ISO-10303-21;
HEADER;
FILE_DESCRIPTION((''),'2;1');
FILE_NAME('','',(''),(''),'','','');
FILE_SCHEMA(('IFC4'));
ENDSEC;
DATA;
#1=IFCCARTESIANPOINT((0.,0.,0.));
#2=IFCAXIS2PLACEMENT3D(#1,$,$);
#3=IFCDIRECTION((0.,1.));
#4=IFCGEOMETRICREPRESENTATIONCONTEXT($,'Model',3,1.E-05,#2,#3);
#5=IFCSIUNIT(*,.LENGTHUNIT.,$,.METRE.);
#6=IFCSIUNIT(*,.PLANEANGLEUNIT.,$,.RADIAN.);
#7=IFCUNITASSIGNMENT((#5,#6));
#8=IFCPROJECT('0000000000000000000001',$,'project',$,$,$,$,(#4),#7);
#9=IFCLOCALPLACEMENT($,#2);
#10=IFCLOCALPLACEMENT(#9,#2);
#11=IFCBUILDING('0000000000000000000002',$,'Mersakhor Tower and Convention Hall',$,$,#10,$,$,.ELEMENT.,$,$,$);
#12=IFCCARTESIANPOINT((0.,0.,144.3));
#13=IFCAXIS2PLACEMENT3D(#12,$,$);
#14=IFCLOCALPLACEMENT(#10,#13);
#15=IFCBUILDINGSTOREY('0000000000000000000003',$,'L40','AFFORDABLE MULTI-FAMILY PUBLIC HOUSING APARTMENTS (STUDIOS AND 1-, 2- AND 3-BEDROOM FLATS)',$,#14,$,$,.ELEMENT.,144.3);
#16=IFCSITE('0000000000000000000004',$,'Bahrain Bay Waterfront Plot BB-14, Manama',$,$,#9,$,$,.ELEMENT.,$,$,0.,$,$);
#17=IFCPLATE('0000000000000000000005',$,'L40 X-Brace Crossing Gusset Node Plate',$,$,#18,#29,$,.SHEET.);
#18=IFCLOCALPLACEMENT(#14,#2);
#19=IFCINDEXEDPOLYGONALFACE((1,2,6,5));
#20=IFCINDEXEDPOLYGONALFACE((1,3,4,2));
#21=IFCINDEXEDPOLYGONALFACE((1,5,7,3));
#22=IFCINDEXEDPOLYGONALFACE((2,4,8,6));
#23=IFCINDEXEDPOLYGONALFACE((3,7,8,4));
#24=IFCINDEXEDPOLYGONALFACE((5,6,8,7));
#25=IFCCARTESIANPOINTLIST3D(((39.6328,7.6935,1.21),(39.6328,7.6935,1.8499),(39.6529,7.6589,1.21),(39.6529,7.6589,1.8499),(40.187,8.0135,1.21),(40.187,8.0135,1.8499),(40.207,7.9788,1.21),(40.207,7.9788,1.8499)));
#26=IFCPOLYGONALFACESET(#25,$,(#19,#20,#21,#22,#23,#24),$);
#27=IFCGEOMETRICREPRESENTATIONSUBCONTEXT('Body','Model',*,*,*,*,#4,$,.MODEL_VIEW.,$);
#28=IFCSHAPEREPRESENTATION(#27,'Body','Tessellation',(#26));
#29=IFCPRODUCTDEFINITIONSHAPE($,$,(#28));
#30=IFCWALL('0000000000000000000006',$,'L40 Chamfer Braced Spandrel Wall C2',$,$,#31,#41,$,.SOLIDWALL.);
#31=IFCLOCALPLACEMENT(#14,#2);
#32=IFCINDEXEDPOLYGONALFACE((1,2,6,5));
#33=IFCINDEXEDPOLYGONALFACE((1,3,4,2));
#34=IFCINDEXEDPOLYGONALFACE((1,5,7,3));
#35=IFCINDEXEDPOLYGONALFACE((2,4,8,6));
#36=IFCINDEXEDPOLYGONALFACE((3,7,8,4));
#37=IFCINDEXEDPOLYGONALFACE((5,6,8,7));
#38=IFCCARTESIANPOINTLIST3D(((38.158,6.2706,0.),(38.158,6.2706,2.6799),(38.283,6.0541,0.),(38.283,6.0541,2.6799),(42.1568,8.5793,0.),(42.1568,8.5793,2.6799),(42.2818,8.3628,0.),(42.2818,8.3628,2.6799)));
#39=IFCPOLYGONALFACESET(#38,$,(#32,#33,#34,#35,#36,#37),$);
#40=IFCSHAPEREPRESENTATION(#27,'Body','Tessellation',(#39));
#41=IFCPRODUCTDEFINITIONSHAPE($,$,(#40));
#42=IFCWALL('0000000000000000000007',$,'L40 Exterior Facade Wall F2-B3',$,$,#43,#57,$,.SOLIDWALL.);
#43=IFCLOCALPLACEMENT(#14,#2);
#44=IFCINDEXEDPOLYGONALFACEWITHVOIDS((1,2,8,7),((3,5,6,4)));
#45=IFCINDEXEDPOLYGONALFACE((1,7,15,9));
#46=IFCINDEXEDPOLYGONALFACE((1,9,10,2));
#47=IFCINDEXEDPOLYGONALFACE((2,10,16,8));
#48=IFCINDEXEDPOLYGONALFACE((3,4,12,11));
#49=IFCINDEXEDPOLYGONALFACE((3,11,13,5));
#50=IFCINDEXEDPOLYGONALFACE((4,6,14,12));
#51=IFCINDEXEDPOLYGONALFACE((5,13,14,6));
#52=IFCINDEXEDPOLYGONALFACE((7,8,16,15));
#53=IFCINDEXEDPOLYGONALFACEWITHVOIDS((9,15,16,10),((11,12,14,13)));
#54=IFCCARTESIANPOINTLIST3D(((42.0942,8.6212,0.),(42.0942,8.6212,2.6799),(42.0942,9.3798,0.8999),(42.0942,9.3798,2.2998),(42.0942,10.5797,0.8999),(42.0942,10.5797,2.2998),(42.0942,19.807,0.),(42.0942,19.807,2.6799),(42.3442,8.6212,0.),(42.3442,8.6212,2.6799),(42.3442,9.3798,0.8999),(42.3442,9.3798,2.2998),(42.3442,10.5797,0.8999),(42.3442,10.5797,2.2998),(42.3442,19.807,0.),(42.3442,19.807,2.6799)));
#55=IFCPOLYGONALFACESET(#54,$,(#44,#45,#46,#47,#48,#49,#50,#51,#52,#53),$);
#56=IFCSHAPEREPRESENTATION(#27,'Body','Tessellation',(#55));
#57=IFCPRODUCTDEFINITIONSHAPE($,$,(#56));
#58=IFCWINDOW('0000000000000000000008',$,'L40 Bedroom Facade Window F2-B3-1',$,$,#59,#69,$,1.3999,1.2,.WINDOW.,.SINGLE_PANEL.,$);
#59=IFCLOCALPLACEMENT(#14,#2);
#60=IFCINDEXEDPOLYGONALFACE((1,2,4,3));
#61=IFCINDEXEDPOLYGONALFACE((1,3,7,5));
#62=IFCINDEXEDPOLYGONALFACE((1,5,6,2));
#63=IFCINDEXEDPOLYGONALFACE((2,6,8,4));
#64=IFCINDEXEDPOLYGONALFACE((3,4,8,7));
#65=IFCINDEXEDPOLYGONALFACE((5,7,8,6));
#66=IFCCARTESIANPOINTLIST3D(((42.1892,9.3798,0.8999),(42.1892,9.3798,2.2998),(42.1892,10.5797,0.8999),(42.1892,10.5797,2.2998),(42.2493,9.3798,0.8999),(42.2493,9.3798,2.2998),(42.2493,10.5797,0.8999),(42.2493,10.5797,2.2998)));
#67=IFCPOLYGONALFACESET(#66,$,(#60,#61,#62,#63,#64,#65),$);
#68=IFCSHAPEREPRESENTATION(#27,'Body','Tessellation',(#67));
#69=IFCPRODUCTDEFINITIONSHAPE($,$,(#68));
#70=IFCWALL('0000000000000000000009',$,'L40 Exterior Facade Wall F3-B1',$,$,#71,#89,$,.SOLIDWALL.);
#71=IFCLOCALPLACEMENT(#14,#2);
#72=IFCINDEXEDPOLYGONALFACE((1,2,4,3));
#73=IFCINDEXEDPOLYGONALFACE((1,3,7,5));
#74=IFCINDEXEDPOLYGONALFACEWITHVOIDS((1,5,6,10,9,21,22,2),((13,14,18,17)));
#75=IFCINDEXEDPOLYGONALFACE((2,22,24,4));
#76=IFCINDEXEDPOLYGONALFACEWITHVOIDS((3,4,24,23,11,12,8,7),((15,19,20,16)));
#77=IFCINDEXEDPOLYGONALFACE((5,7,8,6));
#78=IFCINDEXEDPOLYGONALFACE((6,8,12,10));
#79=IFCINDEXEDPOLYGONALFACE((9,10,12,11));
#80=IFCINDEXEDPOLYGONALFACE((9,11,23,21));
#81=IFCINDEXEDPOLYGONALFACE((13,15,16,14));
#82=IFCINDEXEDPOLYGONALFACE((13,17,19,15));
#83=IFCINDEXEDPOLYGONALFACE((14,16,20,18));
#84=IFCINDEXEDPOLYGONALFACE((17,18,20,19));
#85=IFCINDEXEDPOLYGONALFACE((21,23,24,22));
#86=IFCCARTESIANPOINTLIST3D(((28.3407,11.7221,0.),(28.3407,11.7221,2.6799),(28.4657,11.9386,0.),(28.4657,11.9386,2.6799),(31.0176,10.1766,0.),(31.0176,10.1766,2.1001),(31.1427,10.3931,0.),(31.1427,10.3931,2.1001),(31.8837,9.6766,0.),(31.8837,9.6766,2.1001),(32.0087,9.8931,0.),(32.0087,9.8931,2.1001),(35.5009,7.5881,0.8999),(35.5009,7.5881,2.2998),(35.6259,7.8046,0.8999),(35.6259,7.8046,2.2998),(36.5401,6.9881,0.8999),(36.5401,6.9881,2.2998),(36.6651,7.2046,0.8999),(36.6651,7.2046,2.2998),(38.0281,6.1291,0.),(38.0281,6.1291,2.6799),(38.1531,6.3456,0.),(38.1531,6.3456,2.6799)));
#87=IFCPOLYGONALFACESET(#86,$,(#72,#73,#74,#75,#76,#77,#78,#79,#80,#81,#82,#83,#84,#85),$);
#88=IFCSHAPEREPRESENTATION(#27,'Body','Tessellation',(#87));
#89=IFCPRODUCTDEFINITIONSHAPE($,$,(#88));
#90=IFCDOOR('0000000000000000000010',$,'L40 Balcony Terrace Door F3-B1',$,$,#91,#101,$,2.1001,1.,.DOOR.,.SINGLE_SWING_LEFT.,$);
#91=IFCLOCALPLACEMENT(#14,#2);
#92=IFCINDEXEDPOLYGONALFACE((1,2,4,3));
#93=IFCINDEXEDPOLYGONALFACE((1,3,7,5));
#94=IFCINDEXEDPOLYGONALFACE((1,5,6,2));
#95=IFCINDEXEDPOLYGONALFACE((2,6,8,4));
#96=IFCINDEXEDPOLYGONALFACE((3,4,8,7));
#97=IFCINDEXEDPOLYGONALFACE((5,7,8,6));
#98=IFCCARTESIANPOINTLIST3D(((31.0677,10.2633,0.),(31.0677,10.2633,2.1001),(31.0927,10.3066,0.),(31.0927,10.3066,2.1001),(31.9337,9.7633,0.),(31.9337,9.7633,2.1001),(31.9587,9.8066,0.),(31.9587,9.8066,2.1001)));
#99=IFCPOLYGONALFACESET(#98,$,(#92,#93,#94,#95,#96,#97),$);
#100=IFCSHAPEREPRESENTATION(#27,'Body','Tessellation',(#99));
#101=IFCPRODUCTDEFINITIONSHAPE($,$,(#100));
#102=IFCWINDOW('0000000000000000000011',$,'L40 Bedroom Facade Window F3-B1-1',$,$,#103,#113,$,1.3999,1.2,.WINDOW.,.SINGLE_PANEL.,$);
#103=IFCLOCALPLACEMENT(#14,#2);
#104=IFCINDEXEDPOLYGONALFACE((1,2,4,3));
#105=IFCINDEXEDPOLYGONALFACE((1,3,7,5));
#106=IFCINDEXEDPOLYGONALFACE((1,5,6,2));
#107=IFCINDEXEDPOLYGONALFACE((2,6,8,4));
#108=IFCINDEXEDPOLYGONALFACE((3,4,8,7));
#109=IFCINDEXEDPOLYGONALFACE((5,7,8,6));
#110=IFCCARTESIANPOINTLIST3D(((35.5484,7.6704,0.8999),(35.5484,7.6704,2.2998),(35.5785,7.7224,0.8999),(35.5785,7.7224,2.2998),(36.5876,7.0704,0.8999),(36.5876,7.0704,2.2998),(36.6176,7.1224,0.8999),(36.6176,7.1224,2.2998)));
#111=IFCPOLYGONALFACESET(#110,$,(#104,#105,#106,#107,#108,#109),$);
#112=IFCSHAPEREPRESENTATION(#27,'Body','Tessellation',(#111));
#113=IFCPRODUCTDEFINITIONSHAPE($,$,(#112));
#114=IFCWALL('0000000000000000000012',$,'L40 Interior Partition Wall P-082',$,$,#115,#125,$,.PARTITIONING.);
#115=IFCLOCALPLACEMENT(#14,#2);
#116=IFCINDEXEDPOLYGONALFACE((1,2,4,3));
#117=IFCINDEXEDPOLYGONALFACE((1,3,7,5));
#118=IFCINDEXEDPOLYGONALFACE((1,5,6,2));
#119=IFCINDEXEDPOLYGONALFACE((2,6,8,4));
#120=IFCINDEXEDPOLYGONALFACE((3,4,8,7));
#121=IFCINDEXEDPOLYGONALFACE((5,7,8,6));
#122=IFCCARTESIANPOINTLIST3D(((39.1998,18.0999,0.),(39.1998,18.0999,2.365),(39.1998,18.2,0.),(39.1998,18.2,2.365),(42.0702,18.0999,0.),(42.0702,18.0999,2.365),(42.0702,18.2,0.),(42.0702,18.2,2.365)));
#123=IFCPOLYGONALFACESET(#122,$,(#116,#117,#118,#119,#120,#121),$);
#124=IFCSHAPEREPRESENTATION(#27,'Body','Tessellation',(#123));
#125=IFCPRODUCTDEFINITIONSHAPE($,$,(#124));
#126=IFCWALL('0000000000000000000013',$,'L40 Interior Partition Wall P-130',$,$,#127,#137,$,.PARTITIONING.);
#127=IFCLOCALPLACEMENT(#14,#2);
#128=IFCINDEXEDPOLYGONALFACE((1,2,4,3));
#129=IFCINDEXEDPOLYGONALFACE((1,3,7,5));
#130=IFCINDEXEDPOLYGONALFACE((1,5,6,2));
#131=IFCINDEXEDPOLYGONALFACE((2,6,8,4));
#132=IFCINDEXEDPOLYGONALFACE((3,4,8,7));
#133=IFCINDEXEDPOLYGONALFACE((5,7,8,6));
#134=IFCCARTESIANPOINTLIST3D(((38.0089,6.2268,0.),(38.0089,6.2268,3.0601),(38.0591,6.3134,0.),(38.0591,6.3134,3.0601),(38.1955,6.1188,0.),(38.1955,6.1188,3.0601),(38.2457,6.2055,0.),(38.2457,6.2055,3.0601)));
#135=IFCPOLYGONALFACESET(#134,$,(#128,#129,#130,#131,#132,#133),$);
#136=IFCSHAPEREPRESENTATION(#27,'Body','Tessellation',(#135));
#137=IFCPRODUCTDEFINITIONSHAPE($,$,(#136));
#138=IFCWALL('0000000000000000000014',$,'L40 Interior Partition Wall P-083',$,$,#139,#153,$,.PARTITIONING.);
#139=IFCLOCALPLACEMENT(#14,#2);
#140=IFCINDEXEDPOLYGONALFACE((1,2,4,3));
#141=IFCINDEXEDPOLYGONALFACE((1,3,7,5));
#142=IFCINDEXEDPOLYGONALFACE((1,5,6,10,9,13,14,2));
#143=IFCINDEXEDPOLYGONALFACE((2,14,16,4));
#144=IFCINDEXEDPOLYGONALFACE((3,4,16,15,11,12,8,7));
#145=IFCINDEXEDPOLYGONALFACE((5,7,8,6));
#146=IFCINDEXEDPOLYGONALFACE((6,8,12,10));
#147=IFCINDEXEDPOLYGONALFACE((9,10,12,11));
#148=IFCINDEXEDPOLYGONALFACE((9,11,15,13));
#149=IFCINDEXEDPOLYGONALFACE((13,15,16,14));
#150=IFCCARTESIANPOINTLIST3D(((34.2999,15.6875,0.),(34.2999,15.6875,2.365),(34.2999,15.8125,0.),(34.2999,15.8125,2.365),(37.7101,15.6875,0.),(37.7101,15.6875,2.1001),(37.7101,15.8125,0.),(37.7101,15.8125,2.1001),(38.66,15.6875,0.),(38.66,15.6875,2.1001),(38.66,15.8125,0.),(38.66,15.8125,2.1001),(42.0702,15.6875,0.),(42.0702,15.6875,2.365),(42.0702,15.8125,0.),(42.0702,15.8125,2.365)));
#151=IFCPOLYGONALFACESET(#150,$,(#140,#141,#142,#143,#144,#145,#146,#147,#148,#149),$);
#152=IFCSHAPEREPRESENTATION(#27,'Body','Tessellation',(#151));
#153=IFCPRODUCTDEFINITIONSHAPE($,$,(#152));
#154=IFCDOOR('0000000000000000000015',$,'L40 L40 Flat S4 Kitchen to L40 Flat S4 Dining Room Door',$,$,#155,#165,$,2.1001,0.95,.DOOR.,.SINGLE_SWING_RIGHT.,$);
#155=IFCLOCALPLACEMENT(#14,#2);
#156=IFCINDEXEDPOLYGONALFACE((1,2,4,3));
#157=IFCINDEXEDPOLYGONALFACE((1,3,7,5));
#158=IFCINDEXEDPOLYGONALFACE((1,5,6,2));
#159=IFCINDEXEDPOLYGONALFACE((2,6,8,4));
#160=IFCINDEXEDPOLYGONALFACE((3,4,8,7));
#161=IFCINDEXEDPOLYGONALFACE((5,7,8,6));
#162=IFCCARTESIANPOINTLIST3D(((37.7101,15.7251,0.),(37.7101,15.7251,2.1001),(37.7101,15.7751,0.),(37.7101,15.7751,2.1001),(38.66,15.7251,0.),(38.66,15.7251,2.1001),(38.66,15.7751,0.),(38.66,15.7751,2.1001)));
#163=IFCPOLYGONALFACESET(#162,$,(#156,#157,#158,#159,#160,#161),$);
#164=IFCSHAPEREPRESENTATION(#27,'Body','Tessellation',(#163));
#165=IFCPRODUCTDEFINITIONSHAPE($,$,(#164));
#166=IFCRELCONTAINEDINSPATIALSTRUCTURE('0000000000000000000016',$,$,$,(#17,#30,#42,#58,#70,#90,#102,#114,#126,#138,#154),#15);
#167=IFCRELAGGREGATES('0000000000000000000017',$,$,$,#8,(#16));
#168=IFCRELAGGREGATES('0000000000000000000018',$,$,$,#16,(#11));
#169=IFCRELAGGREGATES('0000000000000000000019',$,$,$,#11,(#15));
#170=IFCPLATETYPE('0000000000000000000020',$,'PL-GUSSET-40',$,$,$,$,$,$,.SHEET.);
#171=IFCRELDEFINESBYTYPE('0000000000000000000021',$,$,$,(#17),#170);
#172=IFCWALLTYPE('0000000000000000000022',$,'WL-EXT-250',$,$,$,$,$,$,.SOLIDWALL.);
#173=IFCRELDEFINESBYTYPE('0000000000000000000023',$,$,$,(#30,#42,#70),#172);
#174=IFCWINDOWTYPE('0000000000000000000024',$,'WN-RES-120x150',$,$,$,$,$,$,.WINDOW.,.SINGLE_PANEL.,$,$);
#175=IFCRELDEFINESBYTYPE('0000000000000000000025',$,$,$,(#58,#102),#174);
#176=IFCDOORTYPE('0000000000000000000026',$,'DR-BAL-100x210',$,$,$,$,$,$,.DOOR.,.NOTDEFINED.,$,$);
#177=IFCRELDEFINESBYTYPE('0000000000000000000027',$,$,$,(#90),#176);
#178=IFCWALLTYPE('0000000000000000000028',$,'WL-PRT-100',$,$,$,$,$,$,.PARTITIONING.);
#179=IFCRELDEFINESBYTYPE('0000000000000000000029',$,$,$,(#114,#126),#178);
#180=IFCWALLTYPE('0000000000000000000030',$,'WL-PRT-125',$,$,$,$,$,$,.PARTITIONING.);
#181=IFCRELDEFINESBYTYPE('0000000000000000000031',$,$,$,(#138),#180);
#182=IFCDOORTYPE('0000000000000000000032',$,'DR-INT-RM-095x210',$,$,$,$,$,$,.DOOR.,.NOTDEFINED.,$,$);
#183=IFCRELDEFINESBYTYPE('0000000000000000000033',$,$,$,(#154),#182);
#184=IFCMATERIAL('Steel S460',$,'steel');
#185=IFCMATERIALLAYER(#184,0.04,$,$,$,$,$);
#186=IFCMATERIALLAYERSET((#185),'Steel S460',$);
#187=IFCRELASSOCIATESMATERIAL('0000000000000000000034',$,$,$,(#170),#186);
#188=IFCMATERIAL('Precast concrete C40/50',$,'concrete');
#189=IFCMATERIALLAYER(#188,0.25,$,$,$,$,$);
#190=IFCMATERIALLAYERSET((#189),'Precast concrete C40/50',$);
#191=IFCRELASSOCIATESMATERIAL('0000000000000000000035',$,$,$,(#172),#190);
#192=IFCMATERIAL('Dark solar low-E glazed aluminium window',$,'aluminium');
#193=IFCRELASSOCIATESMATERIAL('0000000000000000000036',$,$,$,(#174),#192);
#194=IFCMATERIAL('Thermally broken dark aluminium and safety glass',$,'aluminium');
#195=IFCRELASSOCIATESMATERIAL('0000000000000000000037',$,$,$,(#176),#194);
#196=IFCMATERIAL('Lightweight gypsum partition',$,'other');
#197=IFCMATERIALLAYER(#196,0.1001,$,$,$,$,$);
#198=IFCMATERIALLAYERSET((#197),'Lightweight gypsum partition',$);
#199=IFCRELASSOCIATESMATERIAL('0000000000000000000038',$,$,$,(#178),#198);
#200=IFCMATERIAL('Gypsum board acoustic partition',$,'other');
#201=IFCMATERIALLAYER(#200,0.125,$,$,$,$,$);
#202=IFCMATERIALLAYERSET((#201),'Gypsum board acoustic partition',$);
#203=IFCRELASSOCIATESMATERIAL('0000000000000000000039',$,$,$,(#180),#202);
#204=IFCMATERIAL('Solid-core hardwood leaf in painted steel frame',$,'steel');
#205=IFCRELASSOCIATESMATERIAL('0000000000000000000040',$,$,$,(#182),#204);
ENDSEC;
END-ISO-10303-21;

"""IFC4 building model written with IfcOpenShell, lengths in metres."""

from ifc_helpers import new_model, si_unit, direction, frame, frame_2d, origin, origin_2d, place, context, subcontext, project, spatial, rectangle, extrude, material, layer, layer_set, type_object, element, fill, save


model = new_model("IFC4")

# Units and contexts
model_context = context("Model", 3, precision=1e-05, world=origin(), true_north=direction((0.0, 1.0)))
body_context = subcontext(model_context, "Body", "Model", "MODEL_VIEW")
ifc_project = project(units=[si_unit("LENGTHUNIT", "METRE"), si_unit("PLANEANGLEUNIT", "RADIAN")], contexts=[model_context])

# Site, building, storey
site_placement = place(None, origin())
site = spatial("IfcSite", under=ifc_project, at=site_placement, Name="Bahrain Bay Waterfront Plot BB-14, Manama", CompositionType="ELEMENT", RefElevation=0.0)
building_placement = place(site_placement, origin())
building = spatial("IfcBuilding", under=site, at=building_placement, Name="Mersakhor Tower and Convention Hall", CompositionType="ELEMENT")
storey_placement = place(building_placement, frame((0.0, 0.0, 144.3)))
storey = spatial("IfcBuildingStorey", under=building, at=storey_placement, Name="L40", Description="AFFORDABLE MULTI-FAMILY PUBLIC HOUSING APARTMENTS (STUDIOS AND 1-, 2- AND 3-BEDROOM FLATS)", CompositionType="ELEMENT", Elevation=144.3)

# Plate
ifc_material_1 = material(Name="Steel S460", Category="steel")
ifc_layer_1 = layer(ifc_material_1, 0.04)
ifc_layer_set_1 = layer_set([ifc_layer_1], Name="Steel S460")
plate_type_1 = type_object("IfcPlateType", Name="PL-GUSSET-40", PredefinedType="SHEET", material=ifc_layer_set_1)
plate_1_placement = place(storey_placement, frame((39.9199, 7.8362, 1.21), z_axis=(0.0, 0.0, 1.0), x_axis=(0.866025, 0.5, 0.0)))
element("IfcPlate", 1, at=plate_1_placement, inside=storey, type_object=plate_type_1, Name="L40 X-Brace Crossing Gusset Node Plate", PredefinedType="SHEET", context=body_context, shape_type="SweptSolid", body=[
    extrude(rectangle(XDim=0.6399, YDim=0.04, at=origin_2d()), origin(), (0.0, 0.0, 1.0), 0.6399),
])

# Wall
ifc_material_2 = material(Name="Precast concrete C40/50", Category="concrete")
ifc_layer_2 = layer(ifc_material_2, 0.25)
ifc_layer_set_2 = layer_set([ifc_layer_2], Name="Precast concrete C40/50")
wall_type_1 = type_object("IfcWallType", Name="WL-EXT-250", PredefinedType="SOLIDWALL", material=ifc_layer_set_2)
wall_1_placement = place(storey_placement, frame((42.2192, 8.4709, 0.0), z_axis=(0.0, 0.0, 1.0), x_axis=(-0.866035, -0.499983, 0.0)))
element("IfcWall", 2, at=wall_1_placement, inside=storey, type_object=wall_type_1, Name="L40 Chamfer Braced Spandrel Wall C2", PredefinedType="SOLIDWALL", context=body_context, shape_type="SweptSolid", body=[
    extrude(rectangle(XDim=4.6174, YDim=0.25, at=frame_2d((2.3086, 0.0))), origin(), (0.0, 0.0, 1.0), 2.6799),
])

# Wall, opening, window
wall_2_placement = place(storey_placement, frame((42.2192, 19.8069, 0.0), z_axis=(0.0, 0.0, 1.0), x_axis=(0.0, -1.0, 0.0)))
wall_2 = element("IfcWall", 3, at=wall_2_placement, inside=storey, type_object=wall_type_1, Name="L40 Exterior Facade Wall F2-B3", PredefinedType="SOLIDWALL", context=body_context, shape_type="SweptSolid", body=[
    extrude(rectangle(XDim=11.1858, YDim=0.25, at=frame_2d((5.5928, 0.0))), origin(), (0.0, 0.0, 1.0), 2.6799),
])
opening_1_placement = place(wall_2_placement, frame((9.2271, 0.0, 0.8999)))
opening_1 = element("IfcOpeningElement", 4, at=opening_1_placement, cuts=wall_2, PredefinedType="OPENING", context=body_context, shape_type="SweptSolid", body=[
    extrude(rectangle(XDim=1.2, YDim=1.3999, at=frame_2d((0.6001, 0.7))), frame((0.0, 0.135, 0.0), z_axis=(0.0, -1.0, 0.0), x_axis=(1.0, 0.0, 0.0)), (0.0, 0.0, 1.0), 0.27),
])
ifc_material_3 = material(Name="Dark solar low-E glazed aluminium window", Category="aluminium")
window_type = type_object("IfcWindowType", Name="WN-RES-120x150", PartitioningType="SINGLE_PANEL", PredefinedType="WINDOW", material=ifc_material_3)
window_1_placement = place(opening_1_placement, origin())
window_1 = element("IfcWindow", 5, at=window_1_placement, inside=storey, type_object=window_type, Name="L40 Bedroom Facade Window F2-B3-1", OverallHeight=1.3999, OverallWidth=1.2, PartitioningType="SINGLE_PANEL", PredefinedType="WINDOW", context=body_context, shape_type="SweptSolid", body=[
    extrude(rectangle(XDim=1.2, YDim=1.3999, at=frame_2d((0.6001, 0.7))), frame((0.0, 0.03, 0.0), z_axis=(0.0, -1.0, 0.0), x_axis=(1.0, 0.0, 0.0)), (0.0, 0.0, 1.0), 0.0601),
])
fill(opening_1, window_1)

# Wall, openings, door, window
wall_3_placement = place(storey_placement, frame((38.0906, 6.2373, 0.0), z_axis=(0.0, 0.0, 1.0), x_axis=(-0.866022, 0.500005, 0.0)))
wall_3 = element("IfcWall", 6, at=wall_3_placement, inside=storey, type_object=wall_type_1, Name="L40 Exterior Facade Wall F3-B1", PredefinedType="SOLIDWALL", context=body_context, shape_type="SweptSolid", body=[
    extrude(rectangle(XDim=11.186, YDim=0.25, at=frame_2d((5.593, 0.0))), origin(), (0.0, 0.0, 1.0), 2.6799),
])
opening_2_placement = place(wall_3_placement, frame((7.095, 0.0, 0.0)))
opening_2 = element("IfcOpeningElement", 7, at=opening_2_placement, cuts=wall_3, PredefinedType="OPENING", context=body_context, shape_type="SweptSolid", body=[
    extrude(rectangle(XDim=1.0, YDim=2.1001, at=frame_2d((0.5, 1.05))), frame((0.0, 0.135, 0.0), z_axis=(0.0, -1.0, 0.0), x_axis=(1.0, 0.0, 0.0)), (0.0, 0.0, 1.0), 0.27),
])
opening_3_placement = place(wall_3_placement, frame((1.718, 0.0, 0.8999)))
opening_3 = element("IfcOpeningElement", 8, at=opening_3_placement, cuts=wall_3, PredefinedType="OPENING", context=body_context, shape_type="SweptSolid", body=[
    extrude(rectangle(XDim=1.2, YDim=1.3999, at=frame_2d((0.6001, 0.7))), frame((0.0, 0.135, 0.0), z_axis=(0.0, -1.0, 0.0), x_axis=(1.0, 0.0, 0.0)), (0.0, 0.0, 1.0), 0.27),
])
ifc_material_4 = material(Name="Thermally broken dark aluminium and safety glass", Category="aluminium")
door_type_1 = type_object("IfcDoorType", Name="DR-BAL-100x210", OperationType="NOTDEFINED", PredefinedType="DOOR", material=ifc_material_4)
door_1_placement = place(opening_2_placement, origin())
door_1 = element("IfcDoor", 9, at=door_1_placement, inside=storey, type_object=door_type_1, Name="L40 Balcony Terrace Door F3-B1", OperationType="SINGLE_SWING_LEFT", OverallHeight=2.1001, OverallWidth=1.0, PredefinedType="DOOR", context=body_context, shape_type="SweptSolid", body=[
    extrude(rectangle(XDim=1.0, YDim=2.1001, at=frame_2d((0.5, 1.05))), frame((0.0, 0.0249, 0.0), z_axis=(0.0, -1.0, 0.0), x_axis=(1.0, 0.0, 0.0)), (0.0, 0.0, 1.0), 0.05),
])
fill(opening_2, door_1)
window_2_placement = place(opening_3_placement, origin())
window_2 = element("IfcWindow", 10, at=window_2_placement, inside=storey, type_object=window_type, Name="L40 Bedroom Facade Window F3-B1-1", OverallHeight=1.3999, OverallWidth=1.2, PartitioningType="SINGLE_PANEL", PredefinedType="WINDOW", context=body_context, shape_type="SweptSolid", body=[
    extrude(rectangle(XDim=1.2, YDim=1.3999, at=frame_2d((0.6001, 0.7))), frame((0.0, 0.03, 0.0), z_axis=(0.0, -1.0, 0.0), x_axis=(1.0, 0.0, 0.0)), (0.0, 0.0, 1.0), 0.0601),
])
fill(opening_3, window_2)

# Walls
ifc_material_5 = material(Name="Lightweight gypsum partition", Category="other")
ifc_layer_3 = layer(ifc_material_5, 0.1001)
ifc_layer_set_3 = layer_set([ifc_layer_3], Name="Lightweight gypsum partition")
wall_type_2 = type_object("IfcWallType", Name="WL-PRT-100", PredefinedType="PARTITIONING", material=ifc_layer_set_3)
wall_4_placement = place(storey_placement, frame((39.2, 18.1499, 0.0), z_axis=(0.0, 0.0, 1.0), x_axis=(1.0, 0.0, 0.0)))
element("IfcWall", 11, at=wall_4_placement, inside=storey, type_object=wall_type_2, Name="L40 Interior Partition Wall P-082", PredefinedType="PARTITIONING", context=body_context, shape_type="SweptSolid", body=[
    extrude(rectangle(XDim=2.8704, YDim=0.1001, at=frame_2d((1.4351, 0.0))), origin(), (0.0, 0.0, 1.0), 2.365),
])
wall_5_placement = place(storey_placement, frame((38.2207, 6.1621, 0.0), z_axis=(0.0, 0.0, 1.0), x_axis=(-0.865581, 0.500768, 0.0)))
element("IfcWall", 12, at=wall_5_placement, inside=storey, type_object=wall_type_2, Name="L40 Interior Partition Wall P-130", PredefinedType="PARTITIONING", context=body_context, shape_type="SweptSolid", body=[
    extrude(rectangle(XDim=0.2156, YDim=0.1001, at=frame_2d((0.1079, 0.0))), origin(), (0.0, 0.0, 1.0), 3.0601),
])

# Wall, opening, door
ifc_material_6 = material(Name="Gypsum board acoustic partition", Category="other")
ifc_layer_4 = layer(ifc_material_6, 0.125)
ifc_layer_set_4 = layer_set([ifc_layer_4], Name="Gypsum board acoustic partition")
wall_type_3 = type_object("IfcWallType", Name="WL-PRT-125", PredefinedType="PARTITIONING", material=ifc_layer_set_4)
wall_6_placement = place(storey_placement, frame((42.0703, 15.75, 0.0), z_axis=(0.0, 0.0, 1.0), x_axis=(-1.0, 0.0, 0.0)))
wall_6 = element("IfcWall", 13, at=wall_6_placement, inside=storey, type_object=wall_type_3, Name="L40 Interior Partition Wall P-083", PredefinedType="PARTITIONING", context=body_context, shape_type="SweptSolid", body=[
    extrude(rectangle(XDim=7.7703, YDim=0.125, at=frame_2d((3.8853, 0.0))), origin(), (0.0, 0.0, 1.0), 2.365),
])
opening_4_placement = place(wall_6_placement, frame((3.4102, 0.0, 0.0)))
opening_4 = element("IfcOpeningElement", 14, at=opening_4_placement, cuts=wall_6, PredefinedType="OPENING", context=body_context, shape_type="SweptSolid", body=[
    extrude(rectangle(XDim=0.95, YDim=2.1001, at=frame_2d((0.4751, 1.05))), frame((0.0, 0.0725, 0.0), z_axis=(0.0, -1.0, 0.0), x_axis=(1.0, 0.0, 0.0)), (0.0, 0.0, 1.0), 0.145),
])
ifc_material_7 = material(Name="Solid-core hardwood leaf in painted steel frame", Category="steel")
door_type_2 = type_object("IfcDoorType", Name="DR-INT-RM-095x210", OperationType="NOTDEFINED", PredefinedType="DOOR", material=ifc_material_7)
door_2_placement = place(opening_4_placement, origin())
door_2 = element("IfcDoor", 15, at=door_2_placement, inside=storey, type_object=door_type_2, Name="L40 L40 Flat S4 Kitchen to L40 Flat S4 Dining Room Door", OperationType="SINGLE_SWING_RIGHT", OverallHeight=2.1001, OverallWidth=0.95, PredefinedType="DOOR", context=body_context, shape_type="SweptSolid", body=[
    extrude(rectangle(XDim=0.95, YDim=2.1001, at=frame_2d((0.4751, 1.05))), frame((0.0, 0.0249, 0.0), z_axis=(0.0, -1.0, 0.0), x_axis=(1.0, 0.0, 0.0)), (0.0, 0.0, 1.0), 0.05),
])
fill(opening_4, door_2)

save(model, "model.ifc")
